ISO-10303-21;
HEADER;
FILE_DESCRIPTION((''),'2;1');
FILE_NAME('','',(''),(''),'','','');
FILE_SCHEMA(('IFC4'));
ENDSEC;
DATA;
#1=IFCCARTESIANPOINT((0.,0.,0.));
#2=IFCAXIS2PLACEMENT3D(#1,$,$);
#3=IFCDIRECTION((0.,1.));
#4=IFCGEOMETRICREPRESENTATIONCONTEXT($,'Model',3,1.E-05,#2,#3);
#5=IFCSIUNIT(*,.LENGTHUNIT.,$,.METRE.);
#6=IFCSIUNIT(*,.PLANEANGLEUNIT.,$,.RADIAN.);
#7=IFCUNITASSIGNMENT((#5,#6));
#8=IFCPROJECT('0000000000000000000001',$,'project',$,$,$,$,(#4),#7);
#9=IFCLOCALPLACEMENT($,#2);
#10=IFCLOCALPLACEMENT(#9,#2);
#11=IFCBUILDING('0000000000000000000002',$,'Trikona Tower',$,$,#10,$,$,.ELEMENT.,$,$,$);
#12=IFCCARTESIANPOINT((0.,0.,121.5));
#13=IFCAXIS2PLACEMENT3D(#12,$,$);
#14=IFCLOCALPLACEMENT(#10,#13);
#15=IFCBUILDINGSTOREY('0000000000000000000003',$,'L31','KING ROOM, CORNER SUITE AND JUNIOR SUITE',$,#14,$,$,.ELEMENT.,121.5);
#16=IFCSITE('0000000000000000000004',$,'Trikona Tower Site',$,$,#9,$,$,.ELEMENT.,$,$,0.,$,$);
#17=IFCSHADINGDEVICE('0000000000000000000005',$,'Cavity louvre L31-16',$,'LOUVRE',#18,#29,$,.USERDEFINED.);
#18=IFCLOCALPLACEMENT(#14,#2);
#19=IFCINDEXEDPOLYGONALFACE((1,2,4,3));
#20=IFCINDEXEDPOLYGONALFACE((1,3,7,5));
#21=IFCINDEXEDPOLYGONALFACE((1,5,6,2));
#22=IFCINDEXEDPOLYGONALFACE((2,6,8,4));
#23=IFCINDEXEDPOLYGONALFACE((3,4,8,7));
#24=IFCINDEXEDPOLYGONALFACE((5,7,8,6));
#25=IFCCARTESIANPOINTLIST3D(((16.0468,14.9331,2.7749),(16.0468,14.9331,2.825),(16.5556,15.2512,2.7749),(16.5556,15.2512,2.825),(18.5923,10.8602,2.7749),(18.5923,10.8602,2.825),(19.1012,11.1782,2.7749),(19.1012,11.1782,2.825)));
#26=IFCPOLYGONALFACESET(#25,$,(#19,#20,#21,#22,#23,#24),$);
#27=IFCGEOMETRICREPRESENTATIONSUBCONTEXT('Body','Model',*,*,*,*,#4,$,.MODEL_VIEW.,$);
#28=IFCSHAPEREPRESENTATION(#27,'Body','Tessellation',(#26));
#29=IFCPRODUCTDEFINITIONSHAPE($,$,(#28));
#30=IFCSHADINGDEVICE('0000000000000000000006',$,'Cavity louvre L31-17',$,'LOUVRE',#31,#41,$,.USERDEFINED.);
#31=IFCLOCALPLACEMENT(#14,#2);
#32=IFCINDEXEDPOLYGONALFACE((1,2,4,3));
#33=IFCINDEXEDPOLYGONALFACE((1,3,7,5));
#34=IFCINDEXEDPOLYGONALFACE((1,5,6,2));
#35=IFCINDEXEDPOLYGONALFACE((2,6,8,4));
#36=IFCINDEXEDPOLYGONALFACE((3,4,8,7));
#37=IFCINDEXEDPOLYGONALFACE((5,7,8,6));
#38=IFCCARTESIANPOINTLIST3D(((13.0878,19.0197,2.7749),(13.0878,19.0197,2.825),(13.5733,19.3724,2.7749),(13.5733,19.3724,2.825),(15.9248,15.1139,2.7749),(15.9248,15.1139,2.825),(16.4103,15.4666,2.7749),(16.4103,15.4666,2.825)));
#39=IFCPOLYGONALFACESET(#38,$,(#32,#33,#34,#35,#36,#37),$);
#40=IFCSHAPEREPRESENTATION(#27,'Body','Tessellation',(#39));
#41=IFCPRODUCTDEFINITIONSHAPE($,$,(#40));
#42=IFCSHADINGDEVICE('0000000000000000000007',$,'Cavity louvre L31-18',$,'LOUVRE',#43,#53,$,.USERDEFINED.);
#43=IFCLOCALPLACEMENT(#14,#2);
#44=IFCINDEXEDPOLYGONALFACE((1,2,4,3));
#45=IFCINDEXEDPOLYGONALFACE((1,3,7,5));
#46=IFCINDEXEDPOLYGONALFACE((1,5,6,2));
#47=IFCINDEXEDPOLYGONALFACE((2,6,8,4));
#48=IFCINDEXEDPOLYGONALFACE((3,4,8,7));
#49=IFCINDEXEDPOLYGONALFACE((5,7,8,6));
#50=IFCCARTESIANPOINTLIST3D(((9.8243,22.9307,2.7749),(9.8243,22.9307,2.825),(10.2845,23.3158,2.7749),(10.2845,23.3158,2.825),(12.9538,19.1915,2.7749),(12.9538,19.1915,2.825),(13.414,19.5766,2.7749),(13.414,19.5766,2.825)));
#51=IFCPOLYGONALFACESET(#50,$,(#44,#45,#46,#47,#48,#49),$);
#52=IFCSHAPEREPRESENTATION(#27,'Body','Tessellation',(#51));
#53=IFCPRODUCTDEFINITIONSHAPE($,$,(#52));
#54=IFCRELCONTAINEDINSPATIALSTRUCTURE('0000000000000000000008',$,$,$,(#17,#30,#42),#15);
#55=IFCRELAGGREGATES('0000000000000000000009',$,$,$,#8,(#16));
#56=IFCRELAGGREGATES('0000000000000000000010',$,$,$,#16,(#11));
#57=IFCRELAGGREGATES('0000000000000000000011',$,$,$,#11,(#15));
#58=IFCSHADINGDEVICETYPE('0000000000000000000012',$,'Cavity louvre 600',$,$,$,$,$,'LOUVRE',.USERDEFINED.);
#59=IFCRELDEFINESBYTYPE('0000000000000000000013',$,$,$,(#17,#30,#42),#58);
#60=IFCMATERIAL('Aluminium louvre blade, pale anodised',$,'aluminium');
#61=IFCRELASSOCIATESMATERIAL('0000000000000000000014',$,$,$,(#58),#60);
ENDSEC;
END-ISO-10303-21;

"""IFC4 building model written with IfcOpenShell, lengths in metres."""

from ifc_helpers import new_model, si_unit, direction, frame, origin, origin_2d, place, context, subcontext, project, spatial, rectangle, extrude, material, type_object, element, save


model = new_model("IFC4")

# Units and contexts
model_context = context("Model", 3, precision=1e-05, world=origin(), true_north=direction((0.0, 1.0)))
body_context = subcontext(model_context, "Body", "Model", "MODEL_VIEW")
ifc_project = project(units=[si_unit("LENGTHUNIT", "METRE"), si_unit("PLANEANGLEUNIT", "RADIAN")], contexts=[model_context])

# Site, building, storey
site_placement = place(None, origin())
site = spatial("IfcSite", under=ifc_project, at=site_placement, Name="Trikona Tower Site", CompositionType="ELEMENT", RefElevation=0.0)
building_placement = place(site_placement, origin())
building = spatial("IfcBuilding", under=site, at=building_placement, Name="Trikona Tower", CompositionType="ELEMENT")
storey_placement = place(building_placement, frame((0.0, 0.0, 121.5)))
storey = spatial("IfcBuildingStorey", under=building, at=storey_placement, Name="L31", Description="KING ROOM, CORNER SUITE AND JUNIOR SUITE", CompositionType="ELEMENT", Elevation=121.5)

# Shading devices
ifc_material_1 = material(Name="Aluminium louvre blade, pale anodised", Category="aluminium")
shading_device_type = type_object("IfcShadingDeviceType", Name="Cavity louvre 600", ElementType="LOUVRE", PredefinedType="USERDEFINED", material=ifc_material_1)
shading_device_1_placement = place(storey_placement, frame((17.574, 13.0557, 2.7749), z_axis=(0.0, 0.0, 1.0), x_axis=(-0.529995, 0.848001, 0.0)))
element("IfcShadingDevice", 1, at=shading_device_1_placement, inside=storey, type_object=shading_device_type, Name="Cavity louvre L31-16", ObjectType="LOUVRE", PredefinedType="USERDEFINED", context=body_context, shape_type="SweptSolid", body=[
    extrude(rectangle(XDim=4.803, YDim=0.6001, at=origin_2d()), origin(), (0.0, 0.0, 1.0), 0.05),
])
shading_device_2_placement = place(storey_placement, frame((14.749, 17.2432, 2.7749), z_axis=(0.0, 0.0, 1.0), x_axis=(-0.587686, 0.809089, 0.0)))
element("IfcShadingDevice", 2, at=shading_device_2_placement, inside=storey, type_object=shading_device_type, Name="Cavity louvre L31-17", ObjectType="LOUVRE", PredefinedType="USERDEFINED", context=body_context, shape_type="SweptSolid", body=[
    extrude(rectangle(XDim=4.8274, YDim=0.6001, at=origin_2d()), origin(), (0.0, 0.0, 1.0), 0.05),
])
shading_device_3_placement = place(storey_placement, frame((11.6191, 21.2537, 2.7749), z_axis=(0.0, 0.0, 1.0), x_axis=(-0.641807, 0.766866, 0.0)))
element("IfcShadingDevice", 3, at=shading_device_3_placement, inside=storey, type_object=shading_device_type, Name="Cavity louvre L31-18", ObjectType="LOUVRE", PredefinedType="USERDEFINED", context=body_context, shape_type="SweptSolid", body=[
    extrude(rectangle(XDim=4.876, YDim=0.6001, at=origin_2d()), origin(), (0.0, 0.0, 1.0), 0.05),
])

save(model, "model.ifc")
